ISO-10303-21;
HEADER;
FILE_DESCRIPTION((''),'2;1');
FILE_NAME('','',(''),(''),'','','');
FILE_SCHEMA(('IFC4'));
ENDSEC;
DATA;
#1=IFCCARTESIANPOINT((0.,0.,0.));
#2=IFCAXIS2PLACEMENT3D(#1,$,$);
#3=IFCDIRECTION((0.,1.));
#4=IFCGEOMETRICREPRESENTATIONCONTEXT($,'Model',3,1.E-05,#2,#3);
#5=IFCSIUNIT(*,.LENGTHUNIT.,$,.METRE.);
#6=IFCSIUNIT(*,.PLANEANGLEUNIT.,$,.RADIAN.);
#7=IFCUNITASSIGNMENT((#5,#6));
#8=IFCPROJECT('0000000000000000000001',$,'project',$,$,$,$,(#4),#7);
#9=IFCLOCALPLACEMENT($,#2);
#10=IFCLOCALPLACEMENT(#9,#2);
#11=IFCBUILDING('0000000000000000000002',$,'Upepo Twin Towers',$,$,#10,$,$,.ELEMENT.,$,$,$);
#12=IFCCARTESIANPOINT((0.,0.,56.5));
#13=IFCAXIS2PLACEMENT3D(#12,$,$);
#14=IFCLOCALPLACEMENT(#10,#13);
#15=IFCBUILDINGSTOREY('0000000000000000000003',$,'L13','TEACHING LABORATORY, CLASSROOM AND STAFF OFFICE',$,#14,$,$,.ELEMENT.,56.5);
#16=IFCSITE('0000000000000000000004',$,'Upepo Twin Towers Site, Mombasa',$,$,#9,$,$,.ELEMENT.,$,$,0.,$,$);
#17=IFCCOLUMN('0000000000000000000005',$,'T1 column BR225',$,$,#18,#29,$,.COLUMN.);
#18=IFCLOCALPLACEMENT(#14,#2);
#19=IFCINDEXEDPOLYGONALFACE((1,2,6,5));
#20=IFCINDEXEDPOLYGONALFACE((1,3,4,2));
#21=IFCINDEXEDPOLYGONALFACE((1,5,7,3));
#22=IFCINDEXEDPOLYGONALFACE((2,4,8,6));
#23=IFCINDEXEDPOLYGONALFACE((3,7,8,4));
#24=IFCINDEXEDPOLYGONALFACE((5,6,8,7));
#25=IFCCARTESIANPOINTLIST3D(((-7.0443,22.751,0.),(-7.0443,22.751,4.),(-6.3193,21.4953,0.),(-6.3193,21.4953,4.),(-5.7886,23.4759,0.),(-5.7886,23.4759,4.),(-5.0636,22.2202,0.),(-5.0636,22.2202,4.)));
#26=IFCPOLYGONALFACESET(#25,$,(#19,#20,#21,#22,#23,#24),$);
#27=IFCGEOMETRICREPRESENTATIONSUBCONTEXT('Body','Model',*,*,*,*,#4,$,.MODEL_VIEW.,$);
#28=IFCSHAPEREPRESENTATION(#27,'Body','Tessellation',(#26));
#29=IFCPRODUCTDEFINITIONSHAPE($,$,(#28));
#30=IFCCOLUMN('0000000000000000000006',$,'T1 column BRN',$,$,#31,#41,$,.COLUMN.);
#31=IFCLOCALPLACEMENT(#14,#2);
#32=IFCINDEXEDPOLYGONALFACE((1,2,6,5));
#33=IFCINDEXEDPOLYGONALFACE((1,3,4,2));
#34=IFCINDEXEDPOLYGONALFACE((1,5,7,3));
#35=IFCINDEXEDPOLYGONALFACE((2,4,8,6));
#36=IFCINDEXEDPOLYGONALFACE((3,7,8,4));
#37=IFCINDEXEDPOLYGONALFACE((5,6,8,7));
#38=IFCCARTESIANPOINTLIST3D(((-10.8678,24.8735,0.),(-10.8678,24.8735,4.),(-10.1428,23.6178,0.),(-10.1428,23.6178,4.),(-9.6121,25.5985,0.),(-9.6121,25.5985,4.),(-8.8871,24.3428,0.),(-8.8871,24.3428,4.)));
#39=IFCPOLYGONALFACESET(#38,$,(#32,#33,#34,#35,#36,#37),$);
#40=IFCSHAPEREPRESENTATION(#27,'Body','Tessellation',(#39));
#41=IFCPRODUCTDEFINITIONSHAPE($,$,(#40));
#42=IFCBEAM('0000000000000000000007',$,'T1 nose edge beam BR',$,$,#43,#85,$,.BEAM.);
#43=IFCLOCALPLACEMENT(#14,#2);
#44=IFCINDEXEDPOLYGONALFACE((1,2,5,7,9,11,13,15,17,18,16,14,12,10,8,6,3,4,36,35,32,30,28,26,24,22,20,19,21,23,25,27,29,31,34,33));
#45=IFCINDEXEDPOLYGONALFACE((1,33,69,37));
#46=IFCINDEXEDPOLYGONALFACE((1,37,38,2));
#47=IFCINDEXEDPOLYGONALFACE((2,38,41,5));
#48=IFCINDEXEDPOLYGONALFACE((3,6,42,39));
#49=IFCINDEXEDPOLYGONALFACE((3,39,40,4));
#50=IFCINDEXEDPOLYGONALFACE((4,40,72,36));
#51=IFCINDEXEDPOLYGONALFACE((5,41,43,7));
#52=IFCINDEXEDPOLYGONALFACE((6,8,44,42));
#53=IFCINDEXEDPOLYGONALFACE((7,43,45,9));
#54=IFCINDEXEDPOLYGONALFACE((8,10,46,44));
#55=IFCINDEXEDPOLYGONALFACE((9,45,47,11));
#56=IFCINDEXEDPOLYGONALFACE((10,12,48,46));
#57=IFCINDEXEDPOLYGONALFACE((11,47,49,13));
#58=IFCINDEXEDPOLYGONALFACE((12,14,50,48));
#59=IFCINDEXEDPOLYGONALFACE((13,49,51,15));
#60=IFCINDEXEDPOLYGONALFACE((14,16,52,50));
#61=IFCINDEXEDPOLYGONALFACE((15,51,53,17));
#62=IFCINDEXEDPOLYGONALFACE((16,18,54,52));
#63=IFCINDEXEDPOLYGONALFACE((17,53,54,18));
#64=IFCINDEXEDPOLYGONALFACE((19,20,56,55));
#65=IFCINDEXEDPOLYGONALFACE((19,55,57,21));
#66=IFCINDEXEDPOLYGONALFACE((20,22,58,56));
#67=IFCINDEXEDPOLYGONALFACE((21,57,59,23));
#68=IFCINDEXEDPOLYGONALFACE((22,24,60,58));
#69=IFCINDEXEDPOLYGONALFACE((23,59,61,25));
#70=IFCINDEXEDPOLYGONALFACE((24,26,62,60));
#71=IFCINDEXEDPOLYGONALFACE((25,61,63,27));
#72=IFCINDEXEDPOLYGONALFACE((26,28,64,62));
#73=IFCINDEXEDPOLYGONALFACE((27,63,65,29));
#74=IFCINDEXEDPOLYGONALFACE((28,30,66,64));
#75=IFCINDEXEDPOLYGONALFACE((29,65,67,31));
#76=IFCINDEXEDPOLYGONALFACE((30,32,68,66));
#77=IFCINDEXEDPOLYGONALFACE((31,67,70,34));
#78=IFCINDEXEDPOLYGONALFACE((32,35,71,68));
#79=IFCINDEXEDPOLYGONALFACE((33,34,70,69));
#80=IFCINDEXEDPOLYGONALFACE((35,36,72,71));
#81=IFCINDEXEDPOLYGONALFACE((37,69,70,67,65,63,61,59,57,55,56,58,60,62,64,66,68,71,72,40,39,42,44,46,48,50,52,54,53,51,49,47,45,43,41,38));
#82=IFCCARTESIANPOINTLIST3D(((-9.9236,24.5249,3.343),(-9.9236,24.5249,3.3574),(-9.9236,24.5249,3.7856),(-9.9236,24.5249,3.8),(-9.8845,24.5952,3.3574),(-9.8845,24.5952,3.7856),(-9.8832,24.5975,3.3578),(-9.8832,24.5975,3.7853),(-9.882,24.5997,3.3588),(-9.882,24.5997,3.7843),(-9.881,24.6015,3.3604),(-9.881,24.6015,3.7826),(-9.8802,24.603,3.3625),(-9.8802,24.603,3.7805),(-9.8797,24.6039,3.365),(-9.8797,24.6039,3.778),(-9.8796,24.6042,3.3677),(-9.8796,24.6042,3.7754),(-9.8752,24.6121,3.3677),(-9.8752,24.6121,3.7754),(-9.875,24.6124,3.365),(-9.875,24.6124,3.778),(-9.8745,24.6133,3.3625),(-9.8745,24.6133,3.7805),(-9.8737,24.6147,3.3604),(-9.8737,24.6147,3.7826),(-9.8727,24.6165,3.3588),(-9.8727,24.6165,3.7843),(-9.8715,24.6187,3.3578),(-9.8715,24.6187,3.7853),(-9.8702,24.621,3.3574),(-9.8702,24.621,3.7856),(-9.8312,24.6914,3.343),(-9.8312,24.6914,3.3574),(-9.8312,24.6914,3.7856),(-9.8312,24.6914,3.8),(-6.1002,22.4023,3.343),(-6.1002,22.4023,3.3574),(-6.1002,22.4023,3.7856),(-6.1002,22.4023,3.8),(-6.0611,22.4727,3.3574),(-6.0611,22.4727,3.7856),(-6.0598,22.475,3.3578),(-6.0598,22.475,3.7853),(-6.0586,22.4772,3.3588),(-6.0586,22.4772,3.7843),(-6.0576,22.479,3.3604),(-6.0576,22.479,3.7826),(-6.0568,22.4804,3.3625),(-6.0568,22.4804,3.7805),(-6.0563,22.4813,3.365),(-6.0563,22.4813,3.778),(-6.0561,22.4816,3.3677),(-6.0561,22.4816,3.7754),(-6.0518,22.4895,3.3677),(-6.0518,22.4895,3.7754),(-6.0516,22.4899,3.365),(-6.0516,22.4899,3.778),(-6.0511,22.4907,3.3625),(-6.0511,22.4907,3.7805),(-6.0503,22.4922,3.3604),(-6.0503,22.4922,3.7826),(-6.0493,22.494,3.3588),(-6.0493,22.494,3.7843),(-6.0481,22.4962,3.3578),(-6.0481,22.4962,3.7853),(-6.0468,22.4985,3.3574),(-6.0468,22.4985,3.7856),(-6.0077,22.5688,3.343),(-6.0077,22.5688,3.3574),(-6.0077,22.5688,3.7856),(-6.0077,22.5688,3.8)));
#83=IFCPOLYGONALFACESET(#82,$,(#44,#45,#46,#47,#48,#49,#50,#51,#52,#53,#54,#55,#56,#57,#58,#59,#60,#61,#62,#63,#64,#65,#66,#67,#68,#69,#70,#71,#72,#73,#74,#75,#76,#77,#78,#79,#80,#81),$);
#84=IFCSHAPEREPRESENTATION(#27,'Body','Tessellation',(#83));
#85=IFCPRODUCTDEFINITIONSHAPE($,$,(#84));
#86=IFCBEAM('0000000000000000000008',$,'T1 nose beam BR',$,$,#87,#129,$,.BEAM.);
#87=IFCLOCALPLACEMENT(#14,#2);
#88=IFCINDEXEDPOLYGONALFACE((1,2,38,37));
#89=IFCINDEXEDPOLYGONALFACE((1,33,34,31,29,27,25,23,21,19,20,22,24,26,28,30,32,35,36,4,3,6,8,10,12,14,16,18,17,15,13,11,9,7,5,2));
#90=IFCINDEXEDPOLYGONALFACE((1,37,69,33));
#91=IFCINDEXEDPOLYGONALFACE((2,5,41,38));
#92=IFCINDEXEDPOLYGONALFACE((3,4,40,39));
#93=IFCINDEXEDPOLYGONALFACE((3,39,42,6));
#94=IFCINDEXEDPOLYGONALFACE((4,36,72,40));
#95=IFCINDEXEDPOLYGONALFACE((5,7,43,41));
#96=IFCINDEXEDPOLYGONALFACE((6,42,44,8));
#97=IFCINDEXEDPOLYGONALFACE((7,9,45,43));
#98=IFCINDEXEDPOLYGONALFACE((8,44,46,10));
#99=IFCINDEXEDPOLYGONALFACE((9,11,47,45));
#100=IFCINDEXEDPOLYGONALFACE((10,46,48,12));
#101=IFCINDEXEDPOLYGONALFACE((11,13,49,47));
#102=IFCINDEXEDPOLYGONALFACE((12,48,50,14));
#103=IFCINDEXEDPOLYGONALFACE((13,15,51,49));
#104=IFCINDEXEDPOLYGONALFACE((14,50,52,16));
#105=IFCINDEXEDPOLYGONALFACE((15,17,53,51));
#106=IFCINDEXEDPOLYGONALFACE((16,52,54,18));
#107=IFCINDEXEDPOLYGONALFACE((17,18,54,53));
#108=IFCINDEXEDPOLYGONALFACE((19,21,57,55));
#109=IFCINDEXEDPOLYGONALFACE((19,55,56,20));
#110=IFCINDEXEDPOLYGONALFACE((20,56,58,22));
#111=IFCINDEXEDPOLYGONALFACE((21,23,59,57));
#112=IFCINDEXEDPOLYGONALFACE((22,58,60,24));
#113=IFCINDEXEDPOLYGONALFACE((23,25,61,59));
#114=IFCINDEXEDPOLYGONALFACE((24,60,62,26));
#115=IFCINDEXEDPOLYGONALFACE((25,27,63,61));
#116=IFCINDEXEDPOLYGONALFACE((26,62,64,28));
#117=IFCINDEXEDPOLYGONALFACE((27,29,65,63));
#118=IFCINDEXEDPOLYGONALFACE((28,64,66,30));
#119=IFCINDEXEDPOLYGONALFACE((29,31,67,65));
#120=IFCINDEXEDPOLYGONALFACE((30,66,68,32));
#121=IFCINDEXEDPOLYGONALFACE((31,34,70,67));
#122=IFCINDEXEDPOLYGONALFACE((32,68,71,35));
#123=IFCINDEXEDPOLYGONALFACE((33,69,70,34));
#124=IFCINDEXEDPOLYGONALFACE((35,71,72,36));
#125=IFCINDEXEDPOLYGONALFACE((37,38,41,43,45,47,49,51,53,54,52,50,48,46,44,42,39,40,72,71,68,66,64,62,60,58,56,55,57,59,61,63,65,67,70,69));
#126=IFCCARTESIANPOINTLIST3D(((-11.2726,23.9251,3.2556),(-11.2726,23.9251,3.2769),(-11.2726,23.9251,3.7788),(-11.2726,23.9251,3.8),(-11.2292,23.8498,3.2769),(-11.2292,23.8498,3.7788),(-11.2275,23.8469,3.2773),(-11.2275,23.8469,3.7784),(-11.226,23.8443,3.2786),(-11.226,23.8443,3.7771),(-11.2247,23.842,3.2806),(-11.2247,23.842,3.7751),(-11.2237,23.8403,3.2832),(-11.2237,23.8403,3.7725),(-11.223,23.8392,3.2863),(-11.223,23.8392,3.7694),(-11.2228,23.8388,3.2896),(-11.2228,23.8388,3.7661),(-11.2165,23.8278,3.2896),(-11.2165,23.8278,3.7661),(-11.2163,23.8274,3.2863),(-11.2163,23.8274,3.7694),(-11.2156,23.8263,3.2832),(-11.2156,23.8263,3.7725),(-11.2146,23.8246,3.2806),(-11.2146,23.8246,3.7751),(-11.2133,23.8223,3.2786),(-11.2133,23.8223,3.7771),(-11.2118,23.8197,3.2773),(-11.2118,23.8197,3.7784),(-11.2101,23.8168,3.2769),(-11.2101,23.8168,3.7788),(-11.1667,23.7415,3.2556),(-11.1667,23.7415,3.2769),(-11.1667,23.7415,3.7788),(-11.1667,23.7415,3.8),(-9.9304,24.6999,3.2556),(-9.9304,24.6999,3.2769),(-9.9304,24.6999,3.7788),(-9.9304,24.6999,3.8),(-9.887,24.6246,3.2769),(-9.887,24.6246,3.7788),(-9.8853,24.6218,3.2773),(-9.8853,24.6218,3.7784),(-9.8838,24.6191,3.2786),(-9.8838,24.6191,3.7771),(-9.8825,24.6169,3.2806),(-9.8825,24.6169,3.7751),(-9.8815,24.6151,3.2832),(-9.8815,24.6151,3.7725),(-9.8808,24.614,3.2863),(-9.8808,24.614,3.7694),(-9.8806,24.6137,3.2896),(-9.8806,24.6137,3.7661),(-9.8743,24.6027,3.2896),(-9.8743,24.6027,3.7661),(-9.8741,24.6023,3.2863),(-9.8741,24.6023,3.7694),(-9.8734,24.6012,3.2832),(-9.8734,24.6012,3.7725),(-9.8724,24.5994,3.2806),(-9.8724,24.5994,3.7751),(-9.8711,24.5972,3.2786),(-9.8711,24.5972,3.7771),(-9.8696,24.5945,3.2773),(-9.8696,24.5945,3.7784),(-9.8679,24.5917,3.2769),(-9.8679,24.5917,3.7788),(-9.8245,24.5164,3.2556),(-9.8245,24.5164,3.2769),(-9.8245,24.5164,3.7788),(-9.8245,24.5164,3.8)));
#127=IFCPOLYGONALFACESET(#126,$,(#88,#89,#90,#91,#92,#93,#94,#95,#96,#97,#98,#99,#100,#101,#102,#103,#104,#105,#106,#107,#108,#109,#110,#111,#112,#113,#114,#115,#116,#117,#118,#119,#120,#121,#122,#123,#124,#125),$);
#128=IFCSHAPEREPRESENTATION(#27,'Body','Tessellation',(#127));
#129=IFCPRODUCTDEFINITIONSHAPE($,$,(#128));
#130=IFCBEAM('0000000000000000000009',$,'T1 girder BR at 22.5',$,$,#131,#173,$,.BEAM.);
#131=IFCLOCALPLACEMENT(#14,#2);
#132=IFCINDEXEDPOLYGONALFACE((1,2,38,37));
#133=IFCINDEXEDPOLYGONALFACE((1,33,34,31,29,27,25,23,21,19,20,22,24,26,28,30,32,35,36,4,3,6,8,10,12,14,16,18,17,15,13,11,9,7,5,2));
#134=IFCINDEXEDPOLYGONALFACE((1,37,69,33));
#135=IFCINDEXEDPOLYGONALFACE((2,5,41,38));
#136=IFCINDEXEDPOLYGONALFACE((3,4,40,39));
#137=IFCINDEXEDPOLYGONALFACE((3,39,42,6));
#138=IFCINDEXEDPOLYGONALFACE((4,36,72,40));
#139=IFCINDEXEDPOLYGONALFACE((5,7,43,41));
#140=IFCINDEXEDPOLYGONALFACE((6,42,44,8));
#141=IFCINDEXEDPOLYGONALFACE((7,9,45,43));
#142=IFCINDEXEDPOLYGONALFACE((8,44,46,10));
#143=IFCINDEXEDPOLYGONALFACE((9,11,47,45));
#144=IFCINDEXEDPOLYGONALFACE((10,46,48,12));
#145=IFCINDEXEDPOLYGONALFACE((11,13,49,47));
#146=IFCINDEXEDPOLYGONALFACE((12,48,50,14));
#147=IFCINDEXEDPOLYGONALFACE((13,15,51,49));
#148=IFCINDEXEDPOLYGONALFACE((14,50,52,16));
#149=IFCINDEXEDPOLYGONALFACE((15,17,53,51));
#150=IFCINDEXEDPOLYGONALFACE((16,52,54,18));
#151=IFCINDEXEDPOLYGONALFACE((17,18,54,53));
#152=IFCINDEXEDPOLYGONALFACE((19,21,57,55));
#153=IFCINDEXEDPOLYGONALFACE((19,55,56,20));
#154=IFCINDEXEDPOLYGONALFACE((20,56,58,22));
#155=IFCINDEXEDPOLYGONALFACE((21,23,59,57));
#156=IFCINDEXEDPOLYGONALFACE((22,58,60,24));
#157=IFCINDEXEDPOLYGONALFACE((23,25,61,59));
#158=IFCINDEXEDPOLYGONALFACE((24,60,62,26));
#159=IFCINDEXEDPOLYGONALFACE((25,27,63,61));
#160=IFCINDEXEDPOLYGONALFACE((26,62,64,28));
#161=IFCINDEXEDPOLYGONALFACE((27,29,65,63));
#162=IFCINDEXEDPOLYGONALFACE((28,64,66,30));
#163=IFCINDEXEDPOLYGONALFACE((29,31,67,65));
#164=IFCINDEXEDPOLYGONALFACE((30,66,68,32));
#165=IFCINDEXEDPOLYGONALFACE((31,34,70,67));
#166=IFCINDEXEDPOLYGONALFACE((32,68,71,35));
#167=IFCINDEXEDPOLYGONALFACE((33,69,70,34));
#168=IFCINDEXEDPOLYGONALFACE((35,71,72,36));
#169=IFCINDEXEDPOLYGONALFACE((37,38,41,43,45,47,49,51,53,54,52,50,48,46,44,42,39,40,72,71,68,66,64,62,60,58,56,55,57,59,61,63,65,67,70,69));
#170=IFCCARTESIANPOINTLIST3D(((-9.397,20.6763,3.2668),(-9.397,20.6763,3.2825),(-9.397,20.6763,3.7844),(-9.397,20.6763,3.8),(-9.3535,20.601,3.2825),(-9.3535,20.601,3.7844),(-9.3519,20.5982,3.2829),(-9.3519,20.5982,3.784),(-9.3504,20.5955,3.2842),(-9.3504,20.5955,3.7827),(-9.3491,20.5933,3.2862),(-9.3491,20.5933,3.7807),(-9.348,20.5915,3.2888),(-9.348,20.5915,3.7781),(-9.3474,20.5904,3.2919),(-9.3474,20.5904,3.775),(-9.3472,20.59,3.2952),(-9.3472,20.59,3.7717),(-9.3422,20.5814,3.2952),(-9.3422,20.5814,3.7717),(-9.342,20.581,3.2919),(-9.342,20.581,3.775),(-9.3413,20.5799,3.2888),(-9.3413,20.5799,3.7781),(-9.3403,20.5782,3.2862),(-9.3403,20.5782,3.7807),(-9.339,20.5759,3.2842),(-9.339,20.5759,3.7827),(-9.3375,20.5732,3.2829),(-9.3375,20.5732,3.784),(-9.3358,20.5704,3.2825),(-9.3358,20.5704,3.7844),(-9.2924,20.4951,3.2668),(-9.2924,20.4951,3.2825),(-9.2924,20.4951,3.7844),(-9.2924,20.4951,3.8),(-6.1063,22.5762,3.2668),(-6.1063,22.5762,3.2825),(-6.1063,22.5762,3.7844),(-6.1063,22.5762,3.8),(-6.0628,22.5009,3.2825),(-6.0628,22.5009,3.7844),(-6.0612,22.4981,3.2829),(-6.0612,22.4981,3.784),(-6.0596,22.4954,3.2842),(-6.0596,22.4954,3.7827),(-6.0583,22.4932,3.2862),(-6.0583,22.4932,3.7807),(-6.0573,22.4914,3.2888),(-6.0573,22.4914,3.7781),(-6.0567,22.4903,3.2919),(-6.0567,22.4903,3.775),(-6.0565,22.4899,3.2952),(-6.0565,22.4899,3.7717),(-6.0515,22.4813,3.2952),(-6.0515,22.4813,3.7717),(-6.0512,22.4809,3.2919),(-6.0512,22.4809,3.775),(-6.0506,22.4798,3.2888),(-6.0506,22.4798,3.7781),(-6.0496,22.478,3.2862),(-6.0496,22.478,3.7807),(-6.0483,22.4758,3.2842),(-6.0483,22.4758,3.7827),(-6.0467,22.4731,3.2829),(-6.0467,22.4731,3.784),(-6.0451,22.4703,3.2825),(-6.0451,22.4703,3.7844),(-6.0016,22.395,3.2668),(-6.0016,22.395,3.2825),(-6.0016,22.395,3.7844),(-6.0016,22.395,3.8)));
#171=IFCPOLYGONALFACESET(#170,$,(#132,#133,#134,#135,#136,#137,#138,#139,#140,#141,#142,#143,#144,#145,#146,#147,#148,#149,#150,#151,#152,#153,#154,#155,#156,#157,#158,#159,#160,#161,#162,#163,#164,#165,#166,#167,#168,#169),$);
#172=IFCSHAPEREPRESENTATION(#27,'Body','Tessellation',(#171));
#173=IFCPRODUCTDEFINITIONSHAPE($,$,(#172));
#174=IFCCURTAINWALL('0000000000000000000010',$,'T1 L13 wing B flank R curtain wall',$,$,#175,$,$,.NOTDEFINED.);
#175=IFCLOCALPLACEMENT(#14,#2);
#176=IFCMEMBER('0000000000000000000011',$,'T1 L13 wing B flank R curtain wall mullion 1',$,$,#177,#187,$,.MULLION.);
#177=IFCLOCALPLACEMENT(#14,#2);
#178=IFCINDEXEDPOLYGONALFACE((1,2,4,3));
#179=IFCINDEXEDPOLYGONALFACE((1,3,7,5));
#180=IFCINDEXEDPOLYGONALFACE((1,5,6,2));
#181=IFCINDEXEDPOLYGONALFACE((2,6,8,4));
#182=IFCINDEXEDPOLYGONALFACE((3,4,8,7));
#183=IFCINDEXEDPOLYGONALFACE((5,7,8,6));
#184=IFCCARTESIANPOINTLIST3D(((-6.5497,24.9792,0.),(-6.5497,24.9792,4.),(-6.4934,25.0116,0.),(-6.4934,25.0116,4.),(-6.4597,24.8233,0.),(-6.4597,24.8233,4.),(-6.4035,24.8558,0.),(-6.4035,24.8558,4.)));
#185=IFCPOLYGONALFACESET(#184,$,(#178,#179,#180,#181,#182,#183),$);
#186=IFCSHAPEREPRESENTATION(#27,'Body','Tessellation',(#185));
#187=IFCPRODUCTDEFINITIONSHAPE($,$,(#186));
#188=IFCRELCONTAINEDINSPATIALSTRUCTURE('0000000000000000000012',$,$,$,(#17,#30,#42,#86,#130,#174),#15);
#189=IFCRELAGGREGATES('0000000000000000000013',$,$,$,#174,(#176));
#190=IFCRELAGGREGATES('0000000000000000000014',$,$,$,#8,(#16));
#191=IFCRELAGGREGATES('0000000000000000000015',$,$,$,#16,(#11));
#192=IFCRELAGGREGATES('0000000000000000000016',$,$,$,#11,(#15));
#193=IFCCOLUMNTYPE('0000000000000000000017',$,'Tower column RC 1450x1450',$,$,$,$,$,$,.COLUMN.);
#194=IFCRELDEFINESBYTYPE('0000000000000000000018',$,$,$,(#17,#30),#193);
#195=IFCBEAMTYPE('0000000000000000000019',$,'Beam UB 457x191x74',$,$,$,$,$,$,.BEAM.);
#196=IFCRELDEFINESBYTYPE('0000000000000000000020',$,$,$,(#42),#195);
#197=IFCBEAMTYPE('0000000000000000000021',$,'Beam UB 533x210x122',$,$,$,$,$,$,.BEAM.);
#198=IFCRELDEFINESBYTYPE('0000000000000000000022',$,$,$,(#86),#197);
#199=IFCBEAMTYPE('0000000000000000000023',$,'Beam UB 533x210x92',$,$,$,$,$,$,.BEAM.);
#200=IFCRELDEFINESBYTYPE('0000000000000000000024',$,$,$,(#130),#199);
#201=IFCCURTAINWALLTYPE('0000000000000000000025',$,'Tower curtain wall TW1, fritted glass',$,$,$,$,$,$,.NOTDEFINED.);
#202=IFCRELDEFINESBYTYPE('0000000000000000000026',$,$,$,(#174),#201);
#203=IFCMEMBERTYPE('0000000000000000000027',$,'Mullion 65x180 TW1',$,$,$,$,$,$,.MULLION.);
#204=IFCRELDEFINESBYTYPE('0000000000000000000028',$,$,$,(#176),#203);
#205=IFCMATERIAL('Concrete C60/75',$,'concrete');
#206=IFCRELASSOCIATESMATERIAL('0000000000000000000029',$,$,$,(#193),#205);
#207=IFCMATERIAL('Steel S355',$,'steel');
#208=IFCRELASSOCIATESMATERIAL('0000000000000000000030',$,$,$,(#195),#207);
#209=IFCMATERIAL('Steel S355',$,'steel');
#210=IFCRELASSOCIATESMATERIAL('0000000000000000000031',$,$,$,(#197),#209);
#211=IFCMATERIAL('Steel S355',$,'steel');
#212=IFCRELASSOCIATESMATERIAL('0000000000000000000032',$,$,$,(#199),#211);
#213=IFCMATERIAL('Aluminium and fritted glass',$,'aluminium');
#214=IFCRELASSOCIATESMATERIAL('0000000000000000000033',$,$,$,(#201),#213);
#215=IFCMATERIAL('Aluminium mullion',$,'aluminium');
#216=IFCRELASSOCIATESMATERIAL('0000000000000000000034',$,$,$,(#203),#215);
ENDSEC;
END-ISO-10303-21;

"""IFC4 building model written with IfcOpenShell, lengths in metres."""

from ifc_helpers import new_model, si_unit, direction, frame, origin, origin_2d, place, context, subcontext, project, spatial, rectangle, i_section, extrude, material, material_profile, profile_set, type_object, element, aggregate, save


model = new_model("IFC4")

# Units and contexts
model_context = context("Model", 3, precision=1e-05, world=origin(), true_north=direction((0.0, 1.0)))
body_context = subcontext(model_context, "Body", "Model", "MODEL_VIEW")
ifc_project = project(units=[si_unit("LENGTHUNIT", "METRE"), si_unit("PLANEANGLEUNIT", "RADIAN")], contexts=[model_context])

# Site, building, storey
site_placement = place(None, origin())
site = spatial("IfcSite", under=ifc_project, at=site_placement, Name="Upepo Twin Towers Site, Mombasa", CompositionType="ELEMENT", RefElevation=0.0)
building_placement = place(site_placement, origin())
building = spatial("IfcBuilding", under=site, at=building_placement, Name="Upepo Twin Towers", CompositionType="ELEMENT")
storey_placement = place(building_placement, frame((0.0, 0.0, 56.5)))
storey = spatial("IfcBuildingStorey", under=building, at=storey_placement, Name="L13", Description="TEACHING LABORATORY, CLASSROOM AND STAFF OFFICE", CompositionType="ELEMENT", Elevation=56.5)

# Columns
ifc_material_1 = material(Name="Concrete C60/75", Category="concrete")
ifc_material_profile_1 = material_profile(ifc_material_1, rectangle(XDim=1.45, YDim=1.45, at=origin_2d()), Name="RC 1450x1450")
ifc_profile_set_1 = profile_set([ifc_material_profile_1], Name="Concrete C60/75")
column_type = type_object("IfcColumnType", Name="Tower column RC 1450x1450", PredefinedType="COLUMN", material=ifc_profile_set_1)
for number, where, z_axis, x_axis, name in (
    (1, (-6.054, 22.4856, 0.0), (0.0, 0.0, 1.0), (0.866025, 0.5, 0.0), "T1 column BR225"),
    (2, (-9.8774, 24.6082, 0.0), (0.0, 0.0, 1.0), (0.866025, 0.5, 0.0), "T1 column BRN"),
):
    element("IfcColumn", number, at=place(storey_placement, frame(where, z_axis=z_axis, x_axis=x_axis)), inside=storey, type_object=column_type, Name=name, PredefinedType="COLUMN", context=body_context, shape_type="SweptSolid", body=[
        extrude(rectangle(XDim=1.45, YDim=1.45, at=origin_2d()), origin(), (0.0, 0.0, 1.0), 4.0),
    ])

# Beams
ifc_material_2 = material(Name="Steel S355", Category="steel")
ifc_material_profile_2 = material_profile(ifc_material_2, i_section(OverallWidth=0.1904, OverallDepth=0.457, WebThickness=0.009, FlangeThickness=0.0144, FilletRadius=0.0103, at=origin_2d()), Name="UB 457x191x74")
ifc_profile_set_2 = profile_set([ifc_material_profile_2], Name="Steel S355")
beam_type_1 = type_object("IfcBeamType", Name="Beam UB 457x191x74", PredefinedType="BEAM", material=ifc_profile_set_2)
beam_1_placement = place(storey_placement, frame((-6.054, 22.4856, 3.5715), z_axis=(-0.874313, 0.485363, 0.0), x_axis=(-0.485363, -0.874313, 0.0)))
element("IfcBeam", 3, at=beam_1_placement, inside=storey, type_object=beam_type_1, Name="T1 nose edge beam BR", PredefinedType="BEAM", context=body_context, shape_type="SweptSolid", body=[
    extrude(i_section(OverallWidth=0.1904, OverallDepth=0.457, WebThickness=0.009, FlangeThickness=0.0144, FilletRadius=0.0103, at=origin_2d()), origin(), (0.0, 0.0, 1.0), 4.373),
])
ifc_material_3 = material(Name="Steel S355", Category="steel")
ifc_material_profile_3 = material_profile(ifc_material_3, i_section(OverallWidth=0.2119, OverallDepth=0.5444, WebThickness=0.0127, FlangeThickness=0.0212, FilletRadius=0.0127, at=origin_2d()), Name="UB 533x210x122")
ifc_profile_set_3 = profile_set([ifc_material_profile_3], Name="Steel S355")
beam_type_2 = type_object("IfcBeamType", Name="Beam UB 533x210x122", PredefinedType="BEAM", material=ifc_profile_set_3)
beam_2_placement = place(storey_placement, frame((-9.8774, 24.6082, 3.5278), z_axis=(-0.866044, -0.499968, 0.0), x_axis=(0.499968, -0.866044, 0.0)))
element("IfcBeam", 4, at=beam_2_placement, inside=storey, type_object=beam_type_2, Name="T1 nose beam BR", PredefinedType="BEAM", context=body_context, shape_type="SweptSolid", body=[
    extrude(i_section(OverallWidth=0.2119, OverallDepth=0.5444, WebThickness=0.0127, FlangeThickness=0.0212, FilletRadius=0.0127, at=origin_2d()), origin(), (0.0, 0.0, 1.0), 1.5498),
])
ifc_material_4 = material(Name="Steel S355", Category="steel")
ifc_material_profile_4 = material_profile(ifc_material_4, i_section(OverallWidth=0.2092, OverallDepth=0.5332, WebThickness=0.01, FlangeThickness=0.0156, FilletRadius=0.0127, at=origin_2d()), Name="UB 533x210x92")
ifc_profile_set_4 = profile_set([ifc_material_profile_4], Name="Steel S355")
beam_type_3 = type_object("IfcBeamType", Name="Beam UB 533x210x92", PredefinedType="BEAM", material=ifc_profile_set_4)
beam_3_placement = place(storey_placement, frame((-6.054, 22.4856, 3.5334), z_axis=(-0.866028, -0.499995, 0.0), x_axis=(0.499995, -0.866028, 0.0)))
element("IfcBeam", 5, at=beam_3_placement, inside=storey, type_object=beam_type_3, Name="T1 girder BR at 22.5", PredefinedType="BEAM", context=body_context, shape_type="SweptSolid", body=[
    extrude(i_section(OverallWidth=0.2092, OverallDepth=0.5332, WebThickness=0.01, FlangeThickness=0.0156, FilletRadius=0.0127, at=origin_2d()), origin(), (0.0, 0.0, 1.0), 3.7998),
])

# Curtain wall, member
ifc_material_5 = material(Name="Aluminium and fritted glass", Category="aluminium")
curtain_wall_type = type_object("IfcCurtainWallType", Name="Tower curtain wall TW1, fritted glass", PredefinedType="NOTDEFINED", material=ifc_material_5)
curtain_wall_1_placement = place(storey_placement, origin())
curtain_wall_1 = element("IfcCurtainWall", 6, at=curtain_wall_1_placement, inside=storey, type_object=curtain_wall_type, Name="T1 L13 wing B flank R curtain wall", PredefinedType="NOTDEFINED")
ifc_material_6 = material(Name="Aluminium mullion", Category="aluminium")
ifc_material_profile_5 = material_profile(ifc_material_6, rectangle(XDim=0.0649, YDim=0.1799, at=origin_2d()), Name="MULLION 65x180")
ifc_profile_set_5 = profile_set([ifc_material_profile_5], Name="Aluminium mullion")
member_type_1 = type_object("IfcMemberType", Name="Mullion 65x180 TW1", PredefinedType="MULLION", material=ifc_profile_set_5)
member_1_placement = place(storey_placement, frame((-6.4766, 24.9175, 0.0), z_axis=(0.0, 0.0, 1.0), x_axis=(0.866025, 0.5, 0.0)))
member_1 = element("IfcMember", 7, at=member_1_placement, type_object=member_type_1, Name="T1 L13 wing B flank R curtain wall mullion 1", PredefinedType="MULLION", context=body_context, shape_type="SweptSolid", body=[
    extrude(rectangle(XDim=0.0649, YDim=0.1799, at=origin_2d()), origin(), (0.0, 0.0, 1.0), 4.0),
])

aggregate(curtain_wall_1, [member_1])

save(model, "model.ifc")
